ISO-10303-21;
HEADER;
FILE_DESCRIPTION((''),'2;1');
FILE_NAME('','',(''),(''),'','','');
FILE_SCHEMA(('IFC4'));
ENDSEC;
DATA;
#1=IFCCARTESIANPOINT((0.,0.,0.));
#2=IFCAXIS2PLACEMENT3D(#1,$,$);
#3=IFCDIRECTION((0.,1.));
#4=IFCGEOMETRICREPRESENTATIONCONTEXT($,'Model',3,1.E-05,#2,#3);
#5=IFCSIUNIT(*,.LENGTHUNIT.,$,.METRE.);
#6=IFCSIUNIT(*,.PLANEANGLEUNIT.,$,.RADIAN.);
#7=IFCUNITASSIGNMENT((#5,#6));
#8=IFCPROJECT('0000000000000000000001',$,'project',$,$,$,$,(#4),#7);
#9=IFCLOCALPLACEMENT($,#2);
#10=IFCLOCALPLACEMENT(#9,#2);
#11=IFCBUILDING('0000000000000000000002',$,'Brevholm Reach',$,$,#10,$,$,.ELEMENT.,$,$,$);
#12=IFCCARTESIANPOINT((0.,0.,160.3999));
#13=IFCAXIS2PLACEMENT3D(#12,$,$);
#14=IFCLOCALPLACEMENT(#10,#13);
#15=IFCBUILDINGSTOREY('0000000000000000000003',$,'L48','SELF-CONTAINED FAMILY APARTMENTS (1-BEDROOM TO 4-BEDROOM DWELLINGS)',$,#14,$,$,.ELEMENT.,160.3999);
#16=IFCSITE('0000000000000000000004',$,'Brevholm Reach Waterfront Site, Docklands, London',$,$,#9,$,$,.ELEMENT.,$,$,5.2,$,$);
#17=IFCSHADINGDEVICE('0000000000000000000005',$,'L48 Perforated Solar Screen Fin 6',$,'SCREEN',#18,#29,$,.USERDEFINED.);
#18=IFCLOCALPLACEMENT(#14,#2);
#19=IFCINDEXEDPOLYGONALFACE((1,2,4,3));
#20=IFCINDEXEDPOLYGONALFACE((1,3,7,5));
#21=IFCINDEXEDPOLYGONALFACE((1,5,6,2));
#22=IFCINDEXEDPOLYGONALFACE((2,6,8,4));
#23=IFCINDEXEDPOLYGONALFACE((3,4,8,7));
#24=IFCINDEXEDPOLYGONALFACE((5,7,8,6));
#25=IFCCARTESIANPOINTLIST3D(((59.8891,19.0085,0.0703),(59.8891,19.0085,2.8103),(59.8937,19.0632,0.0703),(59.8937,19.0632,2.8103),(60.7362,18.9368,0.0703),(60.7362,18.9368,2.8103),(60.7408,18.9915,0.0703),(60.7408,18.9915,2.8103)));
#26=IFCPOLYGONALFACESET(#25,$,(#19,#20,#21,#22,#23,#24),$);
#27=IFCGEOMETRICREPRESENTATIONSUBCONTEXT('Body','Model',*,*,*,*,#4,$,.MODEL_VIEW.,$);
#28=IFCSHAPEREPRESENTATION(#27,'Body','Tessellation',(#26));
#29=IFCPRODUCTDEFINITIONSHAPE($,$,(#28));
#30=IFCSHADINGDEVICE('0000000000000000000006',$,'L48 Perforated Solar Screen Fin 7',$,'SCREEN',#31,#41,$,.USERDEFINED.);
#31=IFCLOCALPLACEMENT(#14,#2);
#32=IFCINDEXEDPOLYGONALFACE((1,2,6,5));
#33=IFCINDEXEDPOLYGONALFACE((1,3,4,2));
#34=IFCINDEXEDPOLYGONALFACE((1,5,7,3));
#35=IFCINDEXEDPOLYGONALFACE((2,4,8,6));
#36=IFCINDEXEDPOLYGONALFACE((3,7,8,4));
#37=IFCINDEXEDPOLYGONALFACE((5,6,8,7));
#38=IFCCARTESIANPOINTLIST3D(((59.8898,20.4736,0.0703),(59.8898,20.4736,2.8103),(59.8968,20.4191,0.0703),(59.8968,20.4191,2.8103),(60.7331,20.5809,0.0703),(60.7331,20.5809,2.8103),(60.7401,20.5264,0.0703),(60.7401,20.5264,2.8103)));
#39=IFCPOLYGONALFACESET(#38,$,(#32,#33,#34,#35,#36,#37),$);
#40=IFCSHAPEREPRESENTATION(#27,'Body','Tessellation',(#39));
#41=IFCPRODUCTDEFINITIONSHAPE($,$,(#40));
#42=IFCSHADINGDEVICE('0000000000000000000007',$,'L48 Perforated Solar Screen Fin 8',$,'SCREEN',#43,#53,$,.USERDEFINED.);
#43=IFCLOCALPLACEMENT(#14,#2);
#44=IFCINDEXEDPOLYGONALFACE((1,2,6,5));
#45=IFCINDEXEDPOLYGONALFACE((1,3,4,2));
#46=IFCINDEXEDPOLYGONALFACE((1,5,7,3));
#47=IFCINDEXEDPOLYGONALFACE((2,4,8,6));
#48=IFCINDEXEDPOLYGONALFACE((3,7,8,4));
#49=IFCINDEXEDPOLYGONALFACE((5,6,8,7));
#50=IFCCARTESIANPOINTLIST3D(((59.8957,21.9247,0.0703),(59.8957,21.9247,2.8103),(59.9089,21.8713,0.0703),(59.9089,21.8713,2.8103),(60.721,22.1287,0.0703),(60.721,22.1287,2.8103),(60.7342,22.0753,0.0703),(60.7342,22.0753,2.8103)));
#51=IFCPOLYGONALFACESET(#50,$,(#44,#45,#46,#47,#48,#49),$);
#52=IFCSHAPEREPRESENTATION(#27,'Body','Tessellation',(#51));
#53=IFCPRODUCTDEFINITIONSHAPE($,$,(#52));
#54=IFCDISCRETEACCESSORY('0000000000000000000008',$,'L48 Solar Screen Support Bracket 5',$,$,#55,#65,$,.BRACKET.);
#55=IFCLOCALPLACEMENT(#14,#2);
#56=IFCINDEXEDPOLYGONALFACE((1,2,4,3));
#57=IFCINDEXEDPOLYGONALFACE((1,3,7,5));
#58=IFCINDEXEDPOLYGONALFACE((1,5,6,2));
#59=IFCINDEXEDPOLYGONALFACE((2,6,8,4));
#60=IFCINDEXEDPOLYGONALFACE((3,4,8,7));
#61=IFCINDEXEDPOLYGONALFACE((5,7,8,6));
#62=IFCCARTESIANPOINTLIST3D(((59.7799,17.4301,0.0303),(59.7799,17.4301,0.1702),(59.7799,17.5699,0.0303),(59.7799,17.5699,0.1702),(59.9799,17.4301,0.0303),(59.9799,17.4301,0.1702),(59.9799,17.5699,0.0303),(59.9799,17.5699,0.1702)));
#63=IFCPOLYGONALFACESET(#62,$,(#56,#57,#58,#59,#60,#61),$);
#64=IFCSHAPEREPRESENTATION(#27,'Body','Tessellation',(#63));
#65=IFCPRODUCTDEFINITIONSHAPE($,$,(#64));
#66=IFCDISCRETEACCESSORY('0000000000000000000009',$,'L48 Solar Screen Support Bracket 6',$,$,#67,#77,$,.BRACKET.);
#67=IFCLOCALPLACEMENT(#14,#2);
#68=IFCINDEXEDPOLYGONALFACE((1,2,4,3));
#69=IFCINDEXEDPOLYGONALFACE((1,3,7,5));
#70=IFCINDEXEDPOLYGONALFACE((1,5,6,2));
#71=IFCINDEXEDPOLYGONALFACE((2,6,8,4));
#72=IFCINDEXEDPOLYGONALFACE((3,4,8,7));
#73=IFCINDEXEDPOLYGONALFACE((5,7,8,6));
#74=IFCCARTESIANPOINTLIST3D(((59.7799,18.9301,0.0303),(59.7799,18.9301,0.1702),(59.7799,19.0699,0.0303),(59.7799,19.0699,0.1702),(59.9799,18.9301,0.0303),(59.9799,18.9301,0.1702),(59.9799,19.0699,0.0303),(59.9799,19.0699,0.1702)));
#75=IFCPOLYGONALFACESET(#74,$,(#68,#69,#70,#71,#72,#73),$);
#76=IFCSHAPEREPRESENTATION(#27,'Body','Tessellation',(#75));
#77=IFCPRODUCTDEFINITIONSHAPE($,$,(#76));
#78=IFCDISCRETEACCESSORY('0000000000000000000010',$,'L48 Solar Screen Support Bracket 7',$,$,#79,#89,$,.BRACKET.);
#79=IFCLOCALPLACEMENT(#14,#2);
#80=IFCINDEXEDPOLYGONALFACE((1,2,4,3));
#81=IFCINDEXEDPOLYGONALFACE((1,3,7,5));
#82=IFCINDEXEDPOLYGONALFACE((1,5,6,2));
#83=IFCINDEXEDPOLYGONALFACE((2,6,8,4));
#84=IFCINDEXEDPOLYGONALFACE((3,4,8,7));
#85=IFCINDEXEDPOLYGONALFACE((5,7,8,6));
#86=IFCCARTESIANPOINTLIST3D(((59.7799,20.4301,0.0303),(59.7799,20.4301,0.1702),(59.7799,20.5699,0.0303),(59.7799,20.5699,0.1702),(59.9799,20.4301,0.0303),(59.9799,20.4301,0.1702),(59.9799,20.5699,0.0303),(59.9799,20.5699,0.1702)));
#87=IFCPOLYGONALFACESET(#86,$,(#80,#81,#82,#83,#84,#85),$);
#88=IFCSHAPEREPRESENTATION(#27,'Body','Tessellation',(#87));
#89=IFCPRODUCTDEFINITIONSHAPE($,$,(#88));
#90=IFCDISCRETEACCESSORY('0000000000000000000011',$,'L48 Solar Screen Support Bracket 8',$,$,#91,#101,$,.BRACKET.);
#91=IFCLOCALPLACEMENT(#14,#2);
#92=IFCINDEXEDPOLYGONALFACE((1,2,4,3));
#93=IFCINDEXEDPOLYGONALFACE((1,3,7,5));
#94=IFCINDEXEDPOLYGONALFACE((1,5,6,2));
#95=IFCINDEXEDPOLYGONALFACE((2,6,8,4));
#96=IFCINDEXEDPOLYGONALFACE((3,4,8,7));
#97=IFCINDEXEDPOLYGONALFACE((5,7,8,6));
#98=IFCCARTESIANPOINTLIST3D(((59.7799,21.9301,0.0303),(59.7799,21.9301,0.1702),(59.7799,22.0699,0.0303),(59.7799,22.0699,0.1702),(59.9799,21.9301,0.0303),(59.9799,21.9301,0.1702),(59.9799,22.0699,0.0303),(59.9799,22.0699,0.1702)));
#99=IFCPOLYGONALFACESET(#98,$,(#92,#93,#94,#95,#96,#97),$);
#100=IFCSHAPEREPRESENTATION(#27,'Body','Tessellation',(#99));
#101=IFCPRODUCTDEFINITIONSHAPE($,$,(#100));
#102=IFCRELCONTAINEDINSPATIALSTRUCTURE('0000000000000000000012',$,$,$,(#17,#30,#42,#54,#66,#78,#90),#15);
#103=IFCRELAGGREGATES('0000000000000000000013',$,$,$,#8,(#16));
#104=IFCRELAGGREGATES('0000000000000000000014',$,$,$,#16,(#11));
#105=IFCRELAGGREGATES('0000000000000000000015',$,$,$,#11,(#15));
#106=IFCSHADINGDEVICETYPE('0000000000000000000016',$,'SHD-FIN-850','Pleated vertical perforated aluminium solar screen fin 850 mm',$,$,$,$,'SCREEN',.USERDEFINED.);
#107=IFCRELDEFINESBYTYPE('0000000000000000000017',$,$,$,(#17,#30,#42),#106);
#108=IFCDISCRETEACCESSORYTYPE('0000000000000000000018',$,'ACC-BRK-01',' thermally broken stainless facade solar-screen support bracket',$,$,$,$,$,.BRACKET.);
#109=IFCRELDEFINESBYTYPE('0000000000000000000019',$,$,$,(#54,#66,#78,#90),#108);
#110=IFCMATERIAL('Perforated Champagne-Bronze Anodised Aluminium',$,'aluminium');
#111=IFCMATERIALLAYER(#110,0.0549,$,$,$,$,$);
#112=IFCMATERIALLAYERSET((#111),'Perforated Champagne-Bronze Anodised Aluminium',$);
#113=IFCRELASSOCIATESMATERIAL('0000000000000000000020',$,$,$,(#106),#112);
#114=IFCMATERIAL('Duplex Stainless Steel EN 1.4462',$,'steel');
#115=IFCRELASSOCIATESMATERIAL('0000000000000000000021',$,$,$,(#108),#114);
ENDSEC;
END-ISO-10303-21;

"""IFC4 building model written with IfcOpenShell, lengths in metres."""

from ifc_helpers import new_model, si_unit, direction, frame, origin, origin_2d, place, context, subcontext, project, spatial, rectangle, extrude, material, layer, layer_set, type_object, element, save


model = new_model("IFC4")

# Units and contexts
model_context = context("Model", 3, precision=1e-05, world=origin(), true_north=direction((0.0, 1.0)))
body_context = subcontext(model_context, "Body", "Model", "MODEL_VIEW")
ifc_project = project(units=[si_unit("LENGTHUNIT", "METRE"), si_unit("PLANEANGLEUNIT", "RADIAN")], contexts=[model_context])

# Site, building, storey
site_placement = place(None, origin())
site = spatial("IfcSite", under=ifc_project, at=site_placement, Name="Brevholm Reach Waterfront Site, Docklands, London", CompositionType="ELEMENT", RefElevation=5.2)
building_placement = place(site_placement, origin())
building = spatial("IfcBuilding", under=site, at=building_placement, Name="Brevholm Reach", CompositionType="ELEMENT")
storey_placement = place(building_placement, frame((0.0, 0.0, 160.3999)))
storey = spatial("IfcBuildingStorey", under=building, at=storey_placement, Name="L48", Description="SELF-CONTAINED FAMILY APARTMENTS (1-BEDROOM TO 4-BEDROOM DWELLINGS)", CompositionType="ELEMENT", Elevation=160.3999)

# Shading devices
ifc_material_1 = material(Name="Perforated Champagne-Bronze Anodised Aluminium", Category="aluminium")
ifc_layer_1 = layer(ifc_material_1, 0.0549)
ifc_layer_set_1 = layer_set([ifc_layer_1], Name="Perforated Champagne-Bronze Anodised Aluminium")
shading_device_type = type_object("IfcShadingDeviceType", Name="SHD-FIN-850", Description="Pleated vertical perforated aluminium solar screen fin 850 mm", ElementType="SCREEN", PredefinedType="USERDEFINED", material=ifc_layer_set_1)
for number, where, z_axis, x_axis, name in (
    (1, (60.3149, 19.0, 0.0703), (0.0, 0.0, 1.0), (0.996431, -0.084408, 0.0), "L48 Perforated Solar Screen Fin 6"),
    (2, (60.3149, 20.5, 0.0703), (0.0, 0.0, 1.0), (0.992003, 0.126216, 0.0), "L48 Perforated Solar Screen Fin 7"),
    (3, (60.3149, 22.0, 0.0703), (0.0, 0.0, 1.0), (0.970784, 0.239957, 0.0), "L48 Perforated Solar Screen Fin 8"),
):
    element("IfcShadingDevice", number, at=place(storey_placement, frame(where, z_axis=z_axis, x_axis=x_axis)), inside=storey, type_object=shading_device_type, Name=name, ObjectType="SCREEN", PredefinedType="USERDEFINED", context=body_context, shape_type="SweptSolid", body=[
        extrude(rectangle(XDim=0.8501, YDim=0.0549, at=origin_2d()), origin(), (0.0, 0.0, 1.0), 2.74),
    ])

# Discrete accessories
ifc_material_2 = material(Name="Duplex Stainless Steel EN 1.4462", Category="steel")
discrete_accessory_type = type_object("IfcDiscreteAccessoryType", Name="ACC-BRK-01", Description=" thermally broken stainless facade solar-screen support bracket", PredefinedType="BRACKET", material=ifc_material_2)
for number, where, z_axis, x_axis, name in (
    (4, (59.8799, 17.5, 0.0303), (0.0, 0.0, 1.0), (1.0, 0.0, 0.0), "L48 Solar Screen Support Bracket 5"),
    (5, (59.8799, 19.0, 0.0303), (0.0, 0.0, 1.0), (1.0, 0.0, 0.0), "L48 Solar Screen Support Bracket 6"),
    (6, (59.8799, 20.5, 0.0303), (0.0, 0.0, 1.0), (1.0, 0.0, 0.0), "L48 Solar Screen Support Bracket 7"),
    (7, (59.8799, 22.0, 0.0303), (0.0, 0.0, 1.0), (1.0, 0.0, 0.0), "L48 Solar Screen Support Bracket 8"),
):
    element("IfcDiscreteAccessory", number, at=place(storey_placement, frame(where, z_axis=z_axis, x_axis=x_axis)), inside=storey, type_object=discrete_accessory_type, Name=name, PredefinedType="BRACKET", context=body_context, shape_type="SweptSolid", body=[
        extrude(rectangle(XDim=0.2, YDim=0.1399, at=origin_2d()), origin(), (0.0, 0.0, 1.0), 0.1399),
    ])

save(model, "model.ifc")
